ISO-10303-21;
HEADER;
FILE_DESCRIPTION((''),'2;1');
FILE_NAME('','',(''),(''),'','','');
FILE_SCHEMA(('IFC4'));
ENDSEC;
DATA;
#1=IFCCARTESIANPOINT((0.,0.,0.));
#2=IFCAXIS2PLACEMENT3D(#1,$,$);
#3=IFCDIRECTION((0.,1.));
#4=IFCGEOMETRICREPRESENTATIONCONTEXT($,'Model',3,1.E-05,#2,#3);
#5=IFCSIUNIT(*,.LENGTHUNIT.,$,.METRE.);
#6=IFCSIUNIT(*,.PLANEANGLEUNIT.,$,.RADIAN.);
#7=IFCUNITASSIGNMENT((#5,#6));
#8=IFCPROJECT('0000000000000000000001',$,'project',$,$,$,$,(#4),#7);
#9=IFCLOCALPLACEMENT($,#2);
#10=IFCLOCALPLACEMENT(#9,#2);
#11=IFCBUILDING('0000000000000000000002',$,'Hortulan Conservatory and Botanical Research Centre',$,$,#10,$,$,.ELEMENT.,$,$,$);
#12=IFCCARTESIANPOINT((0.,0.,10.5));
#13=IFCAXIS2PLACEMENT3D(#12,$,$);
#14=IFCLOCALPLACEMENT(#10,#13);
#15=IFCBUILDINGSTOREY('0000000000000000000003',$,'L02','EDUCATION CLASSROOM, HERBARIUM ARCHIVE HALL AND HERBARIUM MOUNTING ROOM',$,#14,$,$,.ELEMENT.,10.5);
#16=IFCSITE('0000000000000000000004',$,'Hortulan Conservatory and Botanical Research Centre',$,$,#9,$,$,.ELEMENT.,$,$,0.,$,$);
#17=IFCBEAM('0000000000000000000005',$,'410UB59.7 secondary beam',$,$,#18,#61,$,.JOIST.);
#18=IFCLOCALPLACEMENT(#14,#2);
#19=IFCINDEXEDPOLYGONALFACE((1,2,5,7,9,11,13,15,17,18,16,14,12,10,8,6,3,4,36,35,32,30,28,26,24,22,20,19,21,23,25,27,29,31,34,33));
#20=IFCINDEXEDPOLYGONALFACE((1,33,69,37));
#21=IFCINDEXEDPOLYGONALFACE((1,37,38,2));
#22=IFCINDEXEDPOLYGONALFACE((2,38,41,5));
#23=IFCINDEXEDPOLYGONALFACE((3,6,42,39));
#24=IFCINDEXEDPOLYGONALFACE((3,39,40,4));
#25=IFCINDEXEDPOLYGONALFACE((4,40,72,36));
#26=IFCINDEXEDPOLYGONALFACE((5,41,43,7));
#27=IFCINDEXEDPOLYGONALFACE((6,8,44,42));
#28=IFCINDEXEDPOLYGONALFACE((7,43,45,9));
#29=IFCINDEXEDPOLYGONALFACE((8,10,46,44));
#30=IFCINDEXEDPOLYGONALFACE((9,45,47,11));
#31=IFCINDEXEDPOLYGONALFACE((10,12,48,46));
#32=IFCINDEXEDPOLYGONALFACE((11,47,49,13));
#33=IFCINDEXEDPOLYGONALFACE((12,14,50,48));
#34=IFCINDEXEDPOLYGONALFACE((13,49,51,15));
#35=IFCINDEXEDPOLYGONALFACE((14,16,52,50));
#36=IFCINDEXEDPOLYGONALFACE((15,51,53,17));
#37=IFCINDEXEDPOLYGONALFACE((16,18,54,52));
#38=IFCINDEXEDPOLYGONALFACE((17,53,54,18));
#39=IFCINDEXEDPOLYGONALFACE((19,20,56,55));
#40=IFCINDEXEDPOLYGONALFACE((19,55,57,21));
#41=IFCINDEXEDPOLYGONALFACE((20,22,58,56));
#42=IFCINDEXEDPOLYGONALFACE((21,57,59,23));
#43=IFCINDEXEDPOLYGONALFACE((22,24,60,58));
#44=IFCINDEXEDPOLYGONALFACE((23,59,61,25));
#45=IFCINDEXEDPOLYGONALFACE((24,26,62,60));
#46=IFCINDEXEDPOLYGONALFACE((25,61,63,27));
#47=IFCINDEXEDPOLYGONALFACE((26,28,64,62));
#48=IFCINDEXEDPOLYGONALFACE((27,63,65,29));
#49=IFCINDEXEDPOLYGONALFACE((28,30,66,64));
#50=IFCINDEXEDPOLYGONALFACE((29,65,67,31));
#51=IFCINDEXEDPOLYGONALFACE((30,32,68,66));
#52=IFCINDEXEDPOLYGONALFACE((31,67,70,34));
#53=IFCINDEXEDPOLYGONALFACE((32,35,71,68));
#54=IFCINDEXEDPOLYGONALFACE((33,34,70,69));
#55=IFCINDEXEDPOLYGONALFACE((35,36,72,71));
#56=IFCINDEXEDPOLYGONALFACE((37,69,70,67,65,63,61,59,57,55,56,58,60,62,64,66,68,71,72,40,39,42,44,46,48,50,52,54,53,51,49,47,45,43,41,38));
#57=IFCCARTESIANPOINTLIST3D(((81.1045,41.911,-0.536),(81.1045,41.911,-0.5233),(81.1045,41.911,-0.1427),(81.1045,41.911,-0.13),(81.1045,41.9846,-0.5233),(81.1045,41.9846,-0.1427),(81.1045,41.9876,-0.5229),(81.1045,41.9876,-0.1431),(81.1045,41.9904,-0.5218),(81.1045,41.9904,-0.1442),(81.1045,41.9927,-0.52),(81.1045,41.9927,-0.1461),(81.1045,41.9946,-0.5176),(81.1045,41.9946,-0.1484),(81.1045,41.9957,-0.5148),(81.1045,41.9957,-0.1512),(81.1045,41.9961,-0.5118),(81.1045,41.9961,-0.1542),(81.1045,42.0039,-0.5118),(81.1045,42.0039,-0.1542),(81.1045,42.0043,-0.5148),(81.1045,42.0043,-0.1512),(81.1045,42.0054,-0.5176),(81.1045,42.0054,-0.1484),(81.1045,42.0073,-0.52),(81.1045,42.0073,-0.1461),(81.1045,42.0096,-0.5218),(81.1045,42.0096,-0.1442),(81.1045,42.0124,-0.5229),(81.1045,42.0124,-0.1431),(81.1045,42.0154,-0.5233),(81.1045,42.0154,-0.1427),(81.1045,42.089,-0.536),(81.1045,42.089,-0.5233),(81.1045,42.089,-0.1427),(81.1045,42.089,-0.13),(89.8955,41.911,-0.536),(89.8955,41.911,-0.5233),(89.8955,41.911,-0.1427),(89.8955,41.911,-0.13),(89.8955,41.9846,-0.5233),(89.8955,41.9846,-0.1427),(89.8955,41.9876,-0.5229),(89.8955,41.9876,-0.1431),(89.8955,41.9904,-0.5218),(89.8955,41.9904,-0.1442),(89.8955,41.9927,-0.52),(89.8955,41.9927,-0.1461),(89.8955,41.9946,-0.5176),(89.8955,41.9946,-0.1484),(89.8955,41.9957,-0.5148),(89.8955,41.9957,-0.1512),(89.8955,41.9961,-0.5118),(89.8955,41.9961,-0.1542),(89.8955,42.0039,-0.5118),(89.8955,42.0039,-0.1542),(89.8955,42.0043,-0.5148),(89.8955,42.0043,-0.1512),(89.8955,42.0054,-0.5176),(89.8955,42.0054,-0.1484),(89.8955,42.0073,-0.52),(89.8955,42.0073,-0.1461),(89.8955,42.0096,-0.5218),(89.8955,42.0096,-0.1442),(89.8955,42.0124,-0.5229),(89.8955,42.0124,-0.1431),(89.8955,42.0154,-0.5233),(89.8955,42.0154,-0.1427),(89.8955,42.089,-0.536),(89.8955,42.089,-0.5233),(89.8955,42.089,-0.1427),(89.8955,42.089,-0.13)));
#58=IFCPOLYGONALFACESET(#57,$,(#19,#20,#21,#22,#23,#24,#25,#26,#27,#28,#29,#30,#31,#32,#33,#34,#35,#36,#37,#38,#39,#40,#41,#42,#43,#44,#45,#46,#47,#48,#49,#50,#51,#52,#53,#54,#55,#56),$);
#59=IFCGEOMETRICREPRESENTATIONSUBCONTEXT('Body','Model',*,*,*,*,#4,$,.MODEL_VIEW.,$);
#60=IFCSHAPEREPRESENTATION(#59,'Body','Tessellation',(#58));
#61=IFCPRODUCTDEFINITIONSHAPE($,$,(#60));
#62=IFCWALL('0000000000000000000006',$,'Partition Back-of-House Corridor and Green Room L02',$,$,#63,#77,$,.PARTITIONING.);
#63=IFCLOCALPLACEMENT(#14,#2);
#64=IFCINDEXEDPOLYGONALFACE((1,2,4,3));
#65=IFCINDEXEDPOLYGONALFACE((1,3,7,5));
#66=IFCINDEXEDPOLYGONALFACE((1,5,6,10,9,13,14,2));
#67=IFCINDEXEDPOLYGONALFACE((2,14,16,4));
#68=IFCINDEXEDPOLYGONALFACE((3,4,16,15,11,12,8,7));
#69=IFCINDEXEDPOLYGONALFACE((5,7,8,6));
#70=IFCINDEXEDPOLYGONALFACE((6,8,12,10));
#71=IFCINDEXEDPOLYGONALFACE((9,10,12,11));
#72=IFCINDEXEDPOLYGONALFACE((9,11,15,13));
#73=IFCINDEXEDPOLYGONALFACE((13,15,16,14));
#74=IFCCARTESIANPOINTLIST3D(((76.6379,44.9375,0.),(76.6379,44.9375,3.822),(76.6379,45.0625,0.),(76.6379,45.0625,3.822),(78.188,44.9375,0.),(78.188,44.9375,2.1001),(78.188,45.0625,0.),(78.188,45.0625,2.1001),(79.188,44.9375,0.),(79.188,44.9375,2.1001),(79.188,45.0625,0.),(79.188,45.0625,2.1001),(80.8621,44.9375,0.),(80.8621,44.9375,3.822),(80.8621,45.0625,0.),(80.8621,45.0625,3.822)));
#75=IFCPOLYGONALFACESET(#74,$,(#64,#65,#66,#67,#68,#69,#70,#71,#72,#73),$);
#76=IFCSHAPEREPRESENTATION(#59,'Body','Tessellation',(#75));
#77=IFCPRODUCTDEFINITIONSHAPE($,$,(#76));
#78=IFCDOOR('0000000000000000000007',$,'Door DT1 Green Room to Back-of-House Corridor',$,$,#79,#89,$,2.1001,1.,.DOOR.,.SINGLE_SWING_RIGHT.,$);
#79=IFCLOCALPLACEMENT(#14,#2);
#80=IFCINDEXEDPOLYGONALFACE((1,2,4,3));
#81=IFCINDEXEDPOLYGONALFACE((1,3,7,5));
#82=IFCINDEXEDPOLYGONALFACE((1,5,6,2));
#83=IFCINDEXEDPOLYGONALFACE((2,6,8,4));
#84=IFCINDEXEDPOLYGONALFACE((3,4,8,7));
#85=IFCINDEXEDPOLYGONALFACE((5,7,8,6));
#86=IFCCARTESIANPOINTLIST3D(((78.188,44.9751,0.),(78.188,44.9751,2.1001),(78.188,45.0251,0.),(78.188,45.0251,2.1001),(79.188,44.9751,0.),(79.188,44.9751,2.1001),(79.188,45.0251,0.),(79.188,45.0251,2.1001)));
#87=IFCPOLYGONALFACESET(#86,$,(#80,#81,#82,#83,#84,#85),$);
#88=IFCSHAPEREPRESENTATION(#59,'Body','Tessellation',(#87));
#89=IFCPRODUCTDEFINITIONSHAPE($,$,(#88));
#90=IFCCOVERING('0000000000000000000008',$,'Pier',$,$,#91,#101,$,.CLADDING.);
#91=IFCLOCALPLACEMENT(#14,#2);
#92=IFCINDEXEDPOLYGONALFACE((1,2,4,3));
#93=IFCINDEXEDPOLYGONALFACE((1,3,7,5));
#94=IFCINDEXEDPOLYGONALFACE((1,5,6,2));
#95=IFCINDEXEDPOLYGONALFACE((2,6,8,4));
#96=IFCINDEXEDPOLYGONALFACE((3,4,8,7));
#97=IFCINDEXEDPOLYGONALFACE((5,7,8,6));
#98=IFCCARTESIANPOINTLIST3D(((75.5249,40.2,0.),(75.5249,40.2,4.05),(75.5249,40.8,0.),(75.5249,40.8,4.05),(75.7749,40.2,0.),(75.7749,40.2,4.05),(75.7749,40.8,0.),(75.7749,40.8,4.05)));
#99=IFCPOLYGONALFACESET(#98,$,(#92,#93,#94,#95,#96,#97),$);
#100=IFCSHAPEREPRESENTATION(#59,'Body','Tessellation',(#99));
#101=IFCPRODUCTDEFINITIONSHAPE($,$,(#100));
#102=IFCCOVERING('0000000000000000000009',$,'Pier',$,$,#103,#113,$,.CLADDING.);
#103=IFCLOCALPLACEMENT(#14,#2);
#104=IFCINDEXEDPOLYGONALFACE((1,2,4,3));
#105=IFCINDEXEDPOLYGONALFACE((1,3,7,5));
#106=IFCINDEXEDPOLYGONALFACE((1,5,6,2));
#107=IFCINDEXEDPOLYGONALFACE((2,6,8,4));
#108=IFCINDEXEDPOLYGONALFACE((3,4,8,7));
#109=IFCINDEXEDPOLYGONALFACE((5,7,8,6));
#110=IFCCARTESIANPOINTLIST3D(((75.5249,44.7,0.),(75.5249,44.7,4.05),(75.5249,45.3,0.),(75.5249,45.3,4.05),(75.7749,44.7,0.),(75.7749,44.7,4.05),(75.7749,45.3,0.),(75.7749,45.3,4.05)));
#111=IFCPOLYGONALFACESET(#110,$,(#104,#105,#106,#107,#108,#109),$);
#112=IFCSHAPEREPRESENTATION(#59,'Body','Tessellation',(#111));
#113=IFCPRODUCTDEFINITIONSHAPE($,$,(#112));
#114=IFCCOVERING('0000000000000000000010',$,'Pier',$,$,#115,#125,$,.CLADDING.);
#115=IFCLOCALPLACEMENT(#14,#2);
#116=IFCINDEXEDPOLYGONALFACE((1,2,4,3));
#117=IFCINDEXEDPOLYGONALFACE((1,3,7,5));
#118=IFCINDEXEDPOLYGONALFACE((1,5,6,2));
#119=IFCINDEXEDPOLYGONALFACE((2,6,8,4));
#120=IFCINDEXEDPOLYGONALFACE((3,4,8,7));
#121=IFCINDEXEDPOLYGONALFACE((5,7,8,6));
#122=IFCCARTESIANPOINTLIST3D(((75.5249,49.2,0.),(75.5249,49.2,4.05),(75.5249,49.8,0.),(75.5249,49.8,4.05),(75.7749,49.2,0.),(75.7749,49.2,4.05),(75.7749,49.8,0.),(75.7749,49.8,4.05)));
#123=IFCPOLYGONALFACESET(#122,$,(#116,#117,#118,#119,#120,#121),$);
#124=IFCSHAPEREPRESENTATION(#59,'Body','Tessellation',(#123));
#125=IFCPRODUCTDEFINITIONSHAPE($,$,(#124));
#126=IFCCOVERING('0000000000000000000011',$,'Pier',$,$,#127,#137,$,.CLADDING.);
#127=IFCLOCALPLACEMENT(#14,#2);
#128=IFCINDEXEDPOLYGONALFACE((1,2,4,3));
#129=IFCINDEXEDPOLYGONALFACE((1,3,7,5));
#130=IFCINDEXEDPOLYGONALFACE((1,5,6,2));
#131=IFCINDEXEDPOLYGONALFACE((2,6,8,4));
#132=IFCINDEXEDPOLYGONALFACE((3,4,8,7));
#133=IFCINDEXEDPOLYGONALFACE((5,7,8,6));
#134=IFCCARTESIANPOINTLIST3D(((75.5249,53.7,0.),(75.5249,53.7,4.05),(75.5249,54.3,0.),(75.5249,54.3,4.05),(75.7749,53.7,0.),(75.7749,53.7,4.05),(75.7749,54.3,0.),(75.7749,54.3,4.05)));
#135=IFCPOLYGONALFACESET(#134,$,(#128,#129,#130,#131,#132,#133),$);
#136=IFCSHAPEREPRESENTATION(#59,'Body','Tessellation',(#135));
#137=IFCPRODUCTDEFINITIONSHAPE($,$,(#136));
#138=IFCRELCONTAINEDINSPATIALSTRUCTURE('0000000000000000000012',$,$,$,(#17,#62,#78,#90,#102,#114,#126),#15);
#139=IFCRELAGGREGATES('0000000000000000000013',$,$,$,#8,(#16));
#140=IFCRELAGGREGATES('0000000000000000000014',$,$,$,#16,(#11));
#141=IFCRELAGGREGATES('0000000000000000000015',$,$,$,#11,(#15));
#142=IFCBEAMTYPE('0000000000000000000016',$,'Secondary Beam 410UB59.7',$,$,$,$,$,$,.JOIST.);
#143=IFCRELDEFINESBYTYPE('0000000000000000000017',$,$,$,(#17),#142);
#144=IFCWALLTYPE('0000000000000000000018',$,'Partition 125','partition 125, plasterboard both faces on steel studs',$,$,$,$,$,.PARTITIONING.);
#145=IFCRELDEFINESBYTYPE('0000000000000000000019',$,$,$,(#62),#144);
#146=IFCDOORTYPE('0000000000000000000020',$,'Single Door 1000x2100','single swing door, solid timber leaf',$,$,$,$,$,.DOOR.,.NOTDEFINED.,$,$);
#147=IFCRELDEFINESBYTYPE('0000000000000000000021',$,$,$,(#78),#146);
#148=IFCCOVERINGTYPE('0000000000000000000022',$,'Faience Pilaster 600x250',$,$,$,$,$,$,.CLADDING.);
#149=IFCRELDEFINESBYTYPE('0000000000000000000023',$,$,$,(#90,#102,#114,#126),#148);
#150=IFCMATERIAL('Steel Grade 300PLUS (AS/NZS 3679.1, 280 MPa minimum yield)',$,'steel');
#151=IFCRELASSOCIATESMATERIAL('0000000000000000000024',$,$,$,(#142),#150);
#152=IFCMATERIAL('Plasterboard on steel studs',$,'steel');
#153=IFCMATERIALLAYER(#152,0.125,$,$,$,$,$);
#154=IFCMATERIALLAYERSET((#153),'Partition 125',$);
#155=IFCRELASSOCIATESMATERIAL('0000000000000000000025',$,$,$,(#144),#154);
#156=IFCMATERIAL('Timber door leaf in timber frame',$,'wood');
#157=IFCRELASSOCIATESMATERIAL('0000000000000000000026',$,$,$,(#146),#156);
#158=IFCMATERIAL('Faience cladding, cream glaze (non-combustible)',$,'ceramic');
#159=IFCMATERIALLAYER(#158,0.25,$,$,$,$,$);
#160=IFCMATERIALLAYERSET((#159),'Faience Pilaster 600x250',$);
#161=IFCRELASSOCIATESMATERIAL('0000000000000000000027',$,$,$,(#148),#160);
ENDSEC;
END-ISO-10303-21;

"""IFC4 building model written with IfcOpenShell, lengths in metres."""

from ifc_helpers import new_model, si_unit, direction, frame, frame_2d, origin, origin_2d, place, context, subcontext, project, spatial, rectangle, i_section, extrude, material, layer, layer_set, material_profile, profile_set, type_object, element, fill, save


model = new_model("IFC4")

# Units and contexts
model_context = context("Model", 3, precision=1e-05, world=origin(), true_north=direction((0.0, 1.0)))
body_context = subcontext(model_context, "Body", "Model", "MODEL_VIEW")
ifc_project = project(units=[si_unit("LENGTHUNIT", "METRE"), si_unit("PLANEANGLEUNIT", "RADIAN")], contexts=[model_context])

# Site, building, storey
site_placement = place(None, origin())
site = spatial("IfcSite", under=ifc_project, at=site_placement, Name="Hortulan Conservatory and Botanical Research Centre", CompositionType="ELEMENT", RefElevation=0.0)
building_placement = place(site_placement, origin())
building = spatial("IfcBuilding", under=site, at=building_placement, Name="Hortulan Conservatory and Botanical Research Centre", CompositionType="ELEMENT")
storey_placement = place(building_placement, frame((0.0, 0.0, 10.5)))
storey = spatial("IfcBuildingStorey", under=building, at=storey_placement, Name="L02", Description="EDUCATION CLASSROOM, HERBARIUM ARCHIVE HALL AND HERBARIUM MOUNTING ROOM", CompositionType="ELEMENT", Elevation=10.5)

# Shared definitions
ifc_material_1 = material(Name="Steel Grade 300PLUS (AS/NZS 3679.1, 280 MPa minimum yield)", Category="steel")

# Beam
ifc_material_profile_1 = material_profile(ifc_material_1, i_section(OverallWidth=0.178, OverallDepth=0.406, WebThickness=0.0078, FlangeThickness=0.0127, FilletRadius=0.0115, at=origin_2d()), Name="410UB59.7")
ifc_profile_set_1 = profile_set([ifc_material_profile_1], Name="Steel Grade 300PLUS (AS/NZS 3679.1, 280 MPa minimum yield)")
beam_type_1 = type_object("IfcBeamType", Name="Secondary Beam 410UB59.7", PredefinedType="JOIST", material=ifc_profile_set_1)
for number, where, z_axis, x_axis, name in (
    (1, (81.1045, 42.0, -0.333), (1.0, 0.0, 0.0), (0.0, 1.0, 0.0), "410UB59.7 secondary beam"),
):
    element("IfcBeam", number, at=place(storey_placement, frame(where, z_axis=z_axis, x_axis=x_axis)), inside=storey, type_object=beam_type_1, Name=name, PredefinedType="JOIST", context=body_context, shape_type="SweptSolid", body=[
        extrude(i_section(OverallWidth=0.178, OverallDepth=0.406, WebThickness=0.0078, FlangeThickness=0.0127, FilletRadius=0.0115, at=origin_2d()), origin(), (0.0, 0.0, 1.0), 8.791),
    ])

# Wall, opening, door
ifc_material_2 = material(Name="Plasterboard on steel studs", Category="steel")
ifc_layer_1 = layer(ifc_material_2, 0.125)
ifc_layer_set_1 = layer_set([ifc_layer_1], Name="Partition 125")
wall_type = type_object("IfcWallType", Name="Partition 125", Description="partition 125, plasterboard both faces on steel studs", PredefinedType="PARTITIONING", material=ifc_layer_set_1)
wall_placement = place(storey_placement, frame((76.6379, 45.0, 0.0), z_axis=(0.0, 0.0, 1.0), x_axis=(1.0, 0.0, 0.0)))
wall = element("IfcWall", 2, at=wall_placement, inside=storey, type_object=wall_type, Name="Partition Back-of-House Corridor and Green Room L02", PredefinedType="PARTITIONING", context=body_context, shape_type="SweptSolid", body=[
    extrude(rectangle(XDim=4.2241, YDim=0.125, at=frame_2d((2.1121, 0.0))), origin(), (0.0, 0.0, 1.0), 3.822),
])
opening_placement = place(wall_placement, frame((1.55, 0.0, 0.0)))
opening = element("IfcOpeningElement", 3, at=opening_placement, cuts=wall, PredefinedType="OPENING", context=body_context, shape_type="SweptSolid", body=[
    extrude(rectangle(XDim=1.0, YDim=2.1001, at=frame_2d((0.5, 1.05))), frame((0.0, 0.0725, 0.0), z_axis=(0.0, -1.0, 0.0), x_axis=(1.0, 0.0, 0.0)), (0.0, 0.0, 1.0), 0.145),
])
ifc_material_3 = material(Name="Timber door leaf in timber frame", Category="wood")
door_type = type_object("IfcDoorType", Name="Single Door 1000x2100", Description="single swing door, solid timber leaf", OperationType="NOTDEFINED", PredefinedType="DOOR", material=ifc_material_3)
door_placement = place(opening_placement, frame((1.0, 0.0, 0.0), z_axis=(0.0, 0.0, 1.0), x_axis=(-1.0, 0.0, 0.0)))
door = element("IfcDoor", 4, at=door_placement, inside=storey, type_object=door_type, Name="Door DT1 Green Room to Back-of-House Corridor", OperationType="SINGLE_SWING_RIGHT", OverallHeight=2.1001, OverallWidth=1.0, PredefinedType="DOOR", context=body_context, shape_type="SweptSolid", body=[
    extrude(rectangle(XDim=1.0, YDim=2.1001, at=frame_2d((0.5, 1.05))), frame((0.0, 0.0249, 0.0), z_axis=(0.0, -1.0, 0.0), x_axis=(1.0, 0.0, 0.0)), (0.0, 0.0, 1.0), 0.05),
])
fill(opening, door)

# Coverings
ifc_material_4 = material(Name="Faience cladding, cream glaze (non-combustible)", Category="ceramic")
ifc_layer_2 = layer(ifc_material_4, 0.25)
ifc_layer_set_2 = layer_set([ifc_layer_2], Name="Faience Pilaster 600x250")
covering_type_1 = type_object("IfcCoveringType", Name="Faience Pilaster 600x250", PredefinedType="CLADDING", material=ifc_layer_set_2)
for number, where, z_axis, x_axis, name in (
    (5, (75.6499, 40.5, 0.0), (0.0, 0.0, 1.0), (0.0, 1.0, 0.0), "Pier"),
    (6, (75.6499, 45.0, 0.0), (0.0, 0.0, 1.0), (0.0, 1.0, 0.0), "Pier"),
    (7, (75.6499, 49.5, 0.0), (0.0, 0.0, 1.0), (0.0, 1.0, 0.0), "Pier"),
    (8, (75.6499, 54.0, 0.0), (0.0, 0.0, 1.0), (0.0, 1.0, 0.0), "Pier"),
):
    element("IfcCovering", number, at=place(storey_placement, frame(where, z_axis=z_axis, x_axis=x_axis)), inside=storey, type_object=covering_type_1, Name=name, PredefinedType="CLADDING", context=body_context, shape_type="SweptSolid", body=[
        extrude(rectangle(XDim=0.6001, YDim=0.25, at=origin_2d()), origin(), (0.0, 0.0, 1.0), 4.05),
    ])

save(model, "model.ifc")
